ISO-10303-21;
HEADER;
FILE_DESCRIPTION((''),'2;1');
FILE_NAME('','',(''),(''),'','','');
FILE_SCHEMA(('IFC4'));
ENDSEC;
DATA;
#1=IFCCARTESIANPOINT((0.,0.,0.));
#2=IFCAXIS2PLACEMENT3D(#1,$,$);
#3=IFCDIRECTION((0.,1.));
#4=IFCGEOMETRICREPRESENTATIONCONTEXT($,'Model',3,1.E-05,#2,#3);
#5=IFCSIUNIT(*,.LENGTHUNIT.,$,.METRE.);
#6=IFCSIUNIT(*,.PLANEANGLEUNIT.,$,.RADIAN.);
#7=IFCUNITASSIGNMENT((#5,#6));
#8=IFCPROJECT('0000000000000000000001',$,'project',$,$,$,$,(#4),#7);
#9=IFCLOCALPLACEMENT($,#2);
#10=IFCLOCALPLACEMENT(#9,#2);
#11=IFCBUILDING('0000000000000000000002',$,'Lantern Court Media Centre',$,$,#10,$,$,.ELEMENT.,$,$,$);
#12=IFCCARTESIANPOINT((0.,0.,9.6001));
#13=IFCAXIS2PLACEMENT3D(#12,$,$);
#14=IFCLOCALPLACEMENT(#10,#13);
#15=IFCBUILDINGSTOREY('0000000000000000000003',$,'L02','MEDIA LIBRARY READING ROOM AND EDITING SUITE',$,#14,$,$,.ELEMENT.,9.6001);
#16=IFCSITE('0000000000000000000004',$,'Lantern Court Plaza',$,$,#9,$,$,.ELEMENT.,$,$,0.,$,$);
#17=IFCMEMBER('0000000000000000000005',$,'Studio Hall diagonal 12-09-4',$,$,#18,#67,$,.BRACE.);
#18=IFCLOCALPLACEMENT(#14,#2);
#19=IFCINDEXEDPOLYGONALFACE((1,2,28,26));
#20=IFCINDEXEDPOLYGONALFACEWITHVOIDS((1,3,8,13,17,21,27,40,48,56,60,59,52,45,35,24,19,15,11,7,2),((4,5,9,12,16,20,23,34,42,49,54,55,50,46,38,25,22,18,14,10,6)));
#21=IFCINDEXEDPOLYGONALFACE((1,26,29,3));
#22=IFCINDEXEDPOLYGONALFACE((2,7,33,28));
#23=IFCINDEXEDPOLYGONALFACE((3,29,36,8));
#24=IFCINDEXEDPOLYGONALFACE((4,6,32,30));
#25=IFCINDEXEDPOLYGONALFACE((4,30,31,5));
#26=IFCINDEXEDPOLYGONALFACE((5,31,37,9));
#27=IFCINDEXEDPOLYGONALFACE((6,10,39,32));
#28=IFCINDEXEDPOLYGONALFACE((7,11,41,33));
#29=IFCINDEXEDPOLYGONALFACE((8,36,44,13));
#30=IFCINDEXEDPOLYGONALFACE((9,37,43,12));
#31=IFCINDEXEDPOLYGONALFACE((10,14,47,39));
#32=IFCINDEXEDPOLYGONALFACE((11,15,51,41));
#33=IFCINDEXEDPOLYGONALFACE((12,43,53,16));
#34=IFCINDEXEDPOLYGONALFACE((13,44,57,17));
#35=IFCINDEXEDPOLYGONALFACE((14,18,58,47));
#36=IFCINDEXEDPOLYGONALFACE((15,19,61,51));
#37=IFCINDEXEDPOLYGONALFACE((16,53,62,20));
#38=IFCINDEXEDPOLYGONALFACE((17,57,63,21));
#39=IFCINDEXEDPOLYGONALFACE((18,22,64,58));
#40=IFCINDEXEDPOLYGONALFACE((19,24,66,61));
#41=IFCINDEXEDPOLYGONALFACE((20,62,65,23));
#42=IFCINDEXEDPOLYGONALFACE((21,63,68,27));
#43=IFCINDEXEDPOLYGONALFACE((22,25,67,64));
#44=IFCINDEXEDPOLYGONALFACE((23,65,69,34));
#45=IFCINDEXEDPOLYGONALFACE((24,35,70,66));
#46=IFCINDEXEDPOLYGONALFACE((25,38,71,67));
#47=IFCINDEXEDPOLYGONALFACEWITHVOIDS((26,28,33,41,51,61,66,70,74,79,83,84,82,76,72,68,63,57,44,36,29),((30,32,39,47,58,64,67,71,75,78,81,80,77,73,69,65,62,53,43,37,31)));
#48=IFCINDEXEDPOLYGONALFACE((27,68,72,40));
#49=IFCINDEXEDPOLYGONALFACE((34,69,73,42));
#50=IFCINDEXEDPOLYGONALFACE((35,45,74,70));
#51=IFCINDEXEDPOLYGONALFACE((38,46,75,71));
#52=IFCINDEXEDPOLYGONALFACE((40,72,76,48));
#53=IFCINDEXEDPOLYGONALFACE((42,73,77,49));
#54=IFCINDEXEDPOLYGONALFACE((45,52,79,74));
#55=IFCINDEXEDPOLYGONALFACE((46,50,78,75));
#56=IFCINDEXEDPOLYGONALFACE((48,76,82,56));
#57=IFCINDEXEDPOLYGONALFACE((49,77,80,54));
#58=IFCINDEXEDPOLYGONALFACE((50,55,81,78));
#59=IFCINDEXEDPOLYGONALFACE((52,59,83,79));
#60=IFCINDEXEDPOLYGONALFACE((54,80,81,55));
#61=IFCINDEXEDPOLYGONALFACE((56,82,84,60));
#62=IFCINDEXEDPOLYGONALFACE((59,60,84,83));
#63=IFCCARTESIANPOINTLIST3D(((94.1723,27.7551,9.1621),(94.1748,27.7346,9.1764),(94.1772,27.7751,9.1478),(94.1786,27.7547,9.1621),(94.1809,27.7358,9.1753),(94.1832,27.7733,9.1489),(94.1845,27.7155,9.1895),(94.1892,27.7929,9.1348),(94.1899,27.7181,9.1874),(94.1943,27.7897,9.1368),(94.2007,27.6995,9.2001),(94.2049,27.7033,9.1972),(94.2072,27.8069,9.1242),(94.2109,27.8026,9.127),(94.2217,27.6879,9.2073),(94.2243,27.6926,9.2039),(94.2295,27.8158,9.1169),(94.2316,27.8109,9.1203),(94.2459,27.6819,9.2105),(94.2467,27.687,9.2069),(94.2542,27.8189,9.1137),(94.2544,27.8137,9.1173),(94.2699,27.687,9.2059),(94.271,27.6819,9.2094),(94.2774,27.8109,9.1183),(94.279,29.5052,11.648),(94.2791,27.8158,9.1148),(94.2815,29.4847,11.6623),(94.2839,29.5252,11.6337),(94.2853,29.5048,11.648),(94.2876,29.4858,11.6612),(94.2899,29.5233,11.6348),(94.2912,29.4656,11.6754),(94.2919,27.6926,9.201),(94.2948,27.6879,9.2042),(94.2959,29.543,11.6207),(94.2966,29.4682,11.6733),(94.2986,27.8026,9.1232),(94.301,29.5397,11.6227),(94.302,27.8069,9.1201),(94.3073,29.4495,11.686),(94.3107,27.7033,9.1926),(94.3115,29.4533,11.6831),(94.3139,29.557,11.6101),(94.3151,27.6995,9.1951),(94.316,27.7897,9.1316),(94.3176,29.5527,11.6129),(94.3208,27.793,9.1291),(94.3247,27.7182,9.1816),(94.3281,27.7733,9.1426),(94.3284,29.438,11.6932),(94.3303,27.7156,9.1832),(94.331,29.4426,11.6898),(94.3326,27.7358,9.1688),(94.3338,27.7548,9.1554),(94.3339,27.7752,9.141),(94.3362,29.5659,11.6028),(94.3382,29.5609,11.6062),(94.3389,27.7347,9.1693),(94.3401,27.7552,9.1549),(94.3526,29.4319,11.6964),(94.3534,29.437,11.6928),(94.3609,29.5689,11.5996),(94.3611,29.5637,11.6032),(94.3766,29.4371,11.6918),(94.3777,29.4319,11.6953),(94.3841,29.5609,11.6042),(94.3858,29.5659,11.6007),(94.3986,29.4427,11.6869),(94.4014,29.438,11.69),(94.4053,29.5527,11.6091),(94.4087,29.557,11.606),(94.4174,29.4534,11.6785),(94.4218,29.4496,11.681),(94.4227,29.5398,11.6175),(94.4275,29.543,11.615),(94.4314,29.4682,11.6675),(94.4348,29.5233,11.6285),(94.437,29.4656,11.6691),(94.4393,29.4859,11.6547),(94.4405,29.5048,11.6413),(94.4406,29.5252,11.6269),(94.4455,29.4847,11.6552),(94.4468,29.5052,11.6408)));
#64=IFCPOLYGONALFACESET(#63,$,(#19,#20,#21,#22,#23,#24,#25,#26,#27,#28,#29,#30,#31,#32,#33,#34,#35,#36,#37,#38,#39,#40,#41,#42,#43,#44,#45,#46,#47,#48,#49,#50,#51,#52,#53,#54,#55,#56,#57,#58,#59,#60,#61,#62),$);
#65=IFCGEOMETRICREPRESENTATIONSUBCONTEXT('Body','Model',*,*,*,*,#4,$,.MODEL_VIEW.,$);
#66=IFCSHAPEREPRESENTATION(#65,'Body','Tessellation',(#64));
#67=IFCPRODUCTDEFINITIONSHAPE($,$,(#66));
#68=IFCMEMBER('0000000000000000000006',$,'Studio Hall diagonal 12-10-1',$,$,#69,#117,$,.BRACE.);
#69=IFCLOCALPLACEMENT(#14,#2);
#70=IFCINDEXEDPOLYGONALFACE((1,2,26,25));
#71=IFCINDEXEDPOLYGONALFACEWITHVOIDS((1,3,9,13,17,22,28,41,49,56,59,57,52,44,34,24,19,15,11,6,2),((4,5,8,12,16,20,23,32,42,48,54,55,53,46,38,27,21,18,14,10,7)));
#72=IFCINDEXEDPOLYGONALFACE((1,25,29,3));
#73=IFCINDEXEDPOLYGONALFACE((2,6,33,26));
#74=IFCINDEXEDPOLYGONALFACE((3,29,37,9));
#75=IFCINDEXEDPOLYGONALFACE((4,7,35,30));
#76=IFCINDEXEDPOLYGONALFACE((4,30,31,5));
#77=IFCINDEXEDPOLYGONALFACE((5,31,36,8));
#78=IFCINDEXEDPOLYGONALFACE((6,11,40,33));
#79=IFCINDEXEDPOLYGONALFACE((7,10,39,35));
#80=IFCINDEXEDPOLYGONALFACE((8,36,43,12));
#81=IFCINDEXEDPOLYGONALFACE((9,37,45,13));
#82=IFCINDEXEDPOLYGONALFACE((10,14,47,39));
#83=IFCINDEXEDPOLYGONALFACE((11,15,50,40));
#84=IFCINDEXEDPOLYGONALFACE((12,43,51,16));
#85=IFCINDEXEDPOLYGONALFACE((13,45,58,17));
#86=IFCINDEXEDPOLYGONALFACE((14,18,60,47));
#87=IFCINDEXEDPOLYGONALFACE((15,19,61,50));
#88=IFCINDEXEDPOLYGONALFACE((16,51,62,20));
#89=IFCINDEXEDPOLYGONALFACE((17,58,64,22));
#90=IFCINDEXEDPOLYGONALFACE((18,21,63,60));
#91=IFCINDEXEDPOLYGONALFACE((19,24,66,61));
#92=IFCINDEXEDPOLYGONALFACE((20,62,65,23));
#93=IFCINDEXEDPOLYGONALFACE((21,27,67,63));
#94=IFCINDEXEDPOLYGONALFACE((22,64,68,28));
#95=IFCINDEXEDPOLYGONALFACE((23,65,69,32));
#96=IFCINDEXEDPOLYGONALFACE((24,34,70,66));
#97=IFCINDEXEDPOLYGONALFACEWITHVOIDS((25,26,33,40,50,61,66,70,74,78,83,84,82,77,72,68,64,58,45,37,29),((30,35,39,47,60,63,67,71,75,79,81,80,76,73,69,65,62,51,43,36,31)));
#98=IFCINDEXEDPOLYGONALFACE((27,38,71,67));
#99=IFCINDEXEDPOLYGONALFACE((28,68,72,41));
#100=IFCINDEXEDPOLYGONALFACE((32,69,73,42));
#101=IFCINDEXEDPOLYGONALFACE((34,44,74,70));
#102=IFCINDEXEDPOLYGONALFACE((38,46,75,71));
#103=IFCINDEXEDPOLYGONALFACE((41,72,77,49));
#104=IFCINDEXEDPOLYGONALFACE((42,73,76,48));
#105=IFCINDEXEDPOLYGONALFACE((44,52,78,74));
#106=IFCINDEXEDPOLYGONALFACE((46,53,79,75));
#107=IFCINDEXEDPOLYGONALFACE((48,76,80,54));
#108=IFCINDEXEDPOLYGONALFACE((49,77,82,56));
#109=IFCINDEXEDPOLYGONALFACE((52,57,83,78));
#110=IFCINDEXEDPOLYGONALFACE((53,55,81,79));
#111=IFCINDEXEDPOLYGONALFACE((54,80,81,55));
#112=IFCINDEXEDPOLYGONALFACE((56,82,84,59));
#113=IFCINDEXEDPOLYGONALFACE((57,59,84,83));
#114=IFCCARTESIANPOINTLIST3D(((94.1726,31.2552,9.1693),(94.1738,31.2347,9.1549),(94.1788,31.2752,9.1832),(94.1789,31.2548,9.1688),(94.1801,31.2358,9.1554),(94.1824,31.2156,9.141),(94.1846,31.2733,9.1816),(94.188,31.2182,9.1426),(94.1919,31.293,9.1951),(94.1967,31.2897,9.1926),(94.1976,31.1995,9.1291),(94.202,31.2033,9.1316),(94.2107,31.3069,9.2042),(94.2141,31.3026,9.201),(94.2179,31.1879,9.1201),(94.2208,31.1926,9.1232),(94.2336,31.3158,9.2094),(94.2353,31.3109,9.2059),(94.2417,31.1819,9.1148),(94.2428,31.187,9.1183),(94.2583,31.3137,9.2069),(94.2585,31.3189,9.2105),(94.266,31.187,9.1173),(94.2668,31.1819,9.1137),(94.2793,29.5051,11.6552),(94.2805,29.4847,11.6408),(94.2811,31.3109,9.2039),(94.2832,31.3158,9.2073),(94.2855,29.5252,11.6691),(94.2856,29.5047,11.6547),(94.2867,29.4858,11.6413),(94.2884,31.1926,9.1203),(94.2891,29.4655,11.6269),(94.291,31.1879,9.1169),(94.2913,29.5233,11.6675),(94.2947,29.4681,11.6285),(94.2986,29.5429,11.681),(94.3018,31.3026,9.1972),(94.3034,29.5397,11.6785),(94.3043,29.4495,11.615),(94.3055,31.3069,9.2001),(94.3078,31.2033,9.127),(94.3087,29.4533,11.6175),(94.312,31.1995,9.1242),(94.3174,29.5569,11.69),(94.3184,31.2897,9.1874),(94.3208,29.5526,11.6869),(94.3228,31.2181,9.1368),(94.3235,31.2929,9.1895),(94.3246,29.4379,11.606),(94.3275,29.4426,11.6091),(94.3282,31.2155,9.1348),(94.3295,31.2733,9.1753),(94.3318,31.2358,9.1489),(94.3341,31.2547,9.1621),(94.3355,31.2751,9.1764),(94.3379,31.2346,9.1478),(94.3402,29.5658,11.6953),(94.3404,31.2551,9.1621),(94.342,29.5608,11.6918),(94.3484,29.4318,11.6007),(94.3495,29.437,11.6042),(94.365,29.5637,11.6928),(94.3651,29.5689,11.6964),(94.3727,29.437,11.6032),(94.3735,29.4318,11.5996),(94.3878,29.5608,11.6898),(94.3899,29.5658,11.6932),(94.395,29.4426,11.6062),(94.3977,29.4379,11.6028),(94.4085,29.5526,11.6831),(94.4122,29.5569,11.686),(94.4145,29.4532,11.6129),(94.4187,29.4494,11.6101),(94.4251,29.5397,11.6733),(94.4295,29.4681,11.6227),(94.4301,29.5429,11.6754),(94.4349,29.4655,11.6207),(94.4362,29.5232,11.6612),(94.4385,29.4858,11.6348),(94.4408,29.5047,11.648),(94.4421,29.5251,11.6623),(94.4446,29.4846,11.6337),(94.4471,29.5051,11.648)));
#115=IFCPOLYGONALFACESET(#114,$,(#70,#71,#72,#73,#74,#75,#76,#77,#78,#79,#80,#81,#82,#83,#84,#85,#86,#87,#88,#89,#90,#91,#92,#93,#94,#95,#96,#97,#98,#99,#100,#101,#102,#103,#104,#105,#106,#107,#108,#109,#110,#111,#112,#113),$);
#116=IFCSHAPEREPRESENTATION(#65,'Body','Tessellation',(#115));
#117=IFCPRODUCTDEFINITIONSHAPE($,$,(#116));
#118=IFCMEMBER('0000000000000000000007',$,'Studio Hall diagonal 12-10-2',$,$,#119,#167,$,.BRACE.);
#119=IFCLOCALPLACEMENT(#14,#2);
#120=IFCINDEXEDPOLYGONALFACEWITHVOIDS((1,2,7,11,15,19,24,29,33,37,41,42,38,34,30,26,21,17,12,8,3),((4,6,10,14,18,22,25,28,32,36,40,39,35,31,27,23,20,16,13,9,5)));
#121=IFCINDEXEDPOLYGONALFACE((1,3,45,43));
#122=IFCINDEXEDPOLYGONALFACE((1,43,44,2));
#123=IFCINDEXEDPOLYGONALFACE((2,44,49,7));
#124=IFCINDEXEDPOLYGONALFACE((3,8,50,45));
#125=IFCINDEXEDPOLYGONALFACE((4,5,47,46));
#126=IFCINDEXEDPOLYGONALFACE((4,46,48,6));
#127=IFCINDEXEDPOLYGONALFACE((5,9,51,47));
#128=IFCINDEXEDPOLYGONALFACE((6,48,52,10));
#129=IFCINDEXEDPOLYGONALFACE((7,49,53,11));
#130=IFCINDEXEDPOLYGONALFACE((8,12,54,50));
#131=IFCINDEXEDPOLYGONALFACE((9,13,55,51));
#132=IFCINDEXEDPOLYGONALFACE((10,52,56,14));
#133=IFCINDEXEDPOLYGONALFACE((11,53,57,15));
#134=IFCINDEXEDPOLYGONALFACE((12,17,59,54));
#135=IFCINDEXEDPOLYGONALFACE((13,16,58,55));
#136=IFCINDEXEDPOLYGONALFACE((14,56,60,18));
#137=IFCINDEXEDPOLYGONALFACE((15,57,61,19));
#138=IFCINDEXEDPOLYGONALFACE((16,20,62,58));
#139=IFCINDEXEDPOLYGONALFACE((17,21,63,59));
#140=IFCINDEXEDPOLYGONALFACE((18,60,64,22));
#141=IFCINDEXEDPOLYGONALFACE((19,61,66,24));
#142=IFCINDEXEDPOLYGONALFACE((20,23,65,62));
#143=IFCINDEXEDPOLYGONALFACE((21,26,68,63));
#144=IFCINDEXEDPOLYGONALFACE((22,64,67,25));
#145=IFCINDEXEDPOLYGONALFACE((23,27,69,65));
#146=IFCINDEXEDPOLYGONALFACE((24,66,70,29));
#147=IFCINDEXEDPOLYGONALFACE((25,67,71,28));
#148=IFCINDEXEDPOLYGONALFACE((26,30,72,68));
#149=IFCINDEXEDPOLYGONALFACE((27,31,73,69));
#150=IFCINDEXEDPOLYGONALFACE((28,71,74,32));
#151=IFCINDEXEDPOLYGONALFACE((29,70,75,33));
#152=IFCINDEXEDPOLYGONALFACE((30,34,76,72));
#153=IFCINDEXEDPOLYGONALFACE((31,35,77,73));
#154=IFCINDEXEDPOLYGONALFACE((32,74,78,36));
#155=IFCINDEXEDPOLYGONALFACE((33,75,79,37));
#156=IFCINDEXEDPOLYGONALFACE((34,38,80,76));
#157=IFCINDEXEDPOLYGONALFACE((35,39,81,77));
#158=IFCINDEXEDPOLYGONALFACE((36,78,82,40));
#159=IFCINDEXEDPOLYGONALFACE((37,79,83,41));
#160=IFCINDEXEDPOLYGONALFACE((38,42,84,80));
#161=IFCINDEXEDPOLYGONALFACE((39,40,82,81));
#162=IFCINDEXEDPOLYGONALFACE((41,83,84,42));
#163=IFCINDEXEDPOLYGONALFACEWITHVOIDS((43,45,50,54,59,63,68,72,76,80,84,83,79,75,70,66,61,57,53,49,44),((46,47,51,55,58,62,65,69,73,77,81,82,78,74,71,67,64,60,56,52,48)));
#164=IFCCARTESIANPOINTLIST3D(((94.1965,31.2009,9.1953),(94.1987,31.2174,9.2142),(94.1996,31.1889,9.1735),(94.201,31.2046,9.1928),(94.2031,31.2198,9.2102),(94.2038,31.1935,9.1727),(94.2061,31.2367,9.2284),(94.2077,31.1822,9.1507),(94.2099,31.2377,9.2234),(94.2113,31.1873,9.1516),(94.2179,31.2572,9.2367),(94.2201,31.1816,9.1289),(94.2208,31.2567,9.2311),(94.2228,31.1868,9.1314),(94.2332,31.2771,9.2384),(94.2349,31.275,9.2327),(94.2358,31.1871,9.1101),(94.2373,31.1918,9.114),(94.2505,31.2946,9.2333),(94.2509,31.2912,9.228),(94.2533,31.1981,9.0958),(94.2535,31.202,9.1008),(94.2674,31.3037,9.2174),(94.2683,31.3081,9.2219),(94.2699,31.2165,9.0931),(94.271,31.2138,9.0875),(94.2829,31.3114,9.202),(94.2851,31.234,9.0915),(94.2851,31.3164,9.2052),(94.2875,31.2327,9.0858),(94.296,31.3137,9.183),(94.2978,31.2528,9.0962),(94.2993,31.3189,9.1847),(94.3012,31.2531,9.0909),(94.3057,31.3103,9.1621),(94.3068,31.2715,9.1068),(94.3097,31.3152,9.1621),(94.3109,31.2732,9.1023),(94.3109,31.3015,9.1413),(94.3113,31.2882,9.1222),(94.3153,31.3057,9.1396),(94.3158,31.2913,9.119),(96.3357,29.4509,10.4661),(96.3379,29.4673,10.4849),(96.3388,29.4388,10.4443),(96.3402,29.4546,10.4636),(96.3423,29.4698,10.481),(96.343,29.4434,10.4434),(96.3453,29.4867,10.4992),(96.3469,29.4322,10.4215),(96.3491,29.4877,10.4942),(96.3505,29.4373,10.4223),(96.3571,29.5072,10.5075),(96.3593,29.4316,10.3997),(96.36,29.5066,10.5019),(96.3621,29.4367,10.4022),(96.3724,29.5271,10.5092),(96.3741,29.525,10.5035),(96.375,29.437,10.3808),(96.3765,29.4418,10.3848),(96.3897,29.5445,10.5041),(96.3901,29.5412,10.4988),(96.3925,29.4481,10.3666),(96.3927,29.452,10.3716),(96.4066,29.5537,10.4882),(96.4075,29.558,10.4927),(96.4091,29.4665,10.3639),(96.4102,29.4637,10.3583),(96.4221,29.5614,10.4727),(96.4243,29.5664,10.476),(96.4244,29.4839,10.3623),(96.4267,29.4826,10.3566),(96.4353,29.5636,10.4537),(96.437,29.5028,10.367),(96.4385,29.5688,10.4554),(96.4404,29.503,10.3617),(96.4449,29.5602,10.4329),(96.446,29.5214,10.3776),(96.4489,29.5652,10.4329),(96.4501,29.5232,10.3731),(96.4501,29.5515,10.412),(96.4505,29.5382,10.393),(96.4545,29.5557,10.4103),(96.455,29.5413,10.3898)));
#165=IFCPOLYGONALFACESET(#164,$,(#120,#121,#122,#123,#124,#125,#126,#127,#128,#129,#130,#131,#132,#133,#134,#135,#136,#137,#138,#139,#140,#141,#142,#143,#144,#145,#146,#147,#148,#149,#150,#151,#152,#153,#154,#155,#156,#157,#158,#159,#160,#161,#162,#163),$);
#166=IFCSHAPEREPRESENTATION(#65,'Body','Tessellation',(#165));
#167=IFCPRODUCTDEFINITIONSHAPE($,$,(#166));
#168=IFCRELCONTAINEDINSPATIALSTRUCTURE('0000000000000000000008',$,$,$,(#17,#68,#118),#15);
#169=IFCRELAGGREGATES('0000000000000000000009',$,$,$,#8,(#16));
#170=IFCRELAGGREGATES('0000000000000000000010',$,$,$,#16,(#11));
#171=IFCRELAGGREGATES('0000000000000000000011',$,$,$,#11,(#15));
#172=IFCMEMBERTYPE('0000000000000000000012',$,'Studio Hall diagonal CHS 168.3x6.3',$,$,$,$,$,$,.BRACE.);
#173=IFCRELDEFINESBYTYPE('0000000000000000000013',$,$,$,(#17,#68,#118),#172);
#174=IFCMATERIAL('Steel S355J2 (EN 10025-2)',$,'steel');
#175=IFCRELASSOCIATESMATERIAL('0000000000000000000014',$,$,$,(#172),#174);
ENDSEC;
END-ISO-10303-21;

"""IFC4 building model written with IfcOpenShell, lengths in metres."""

from ifc_helpers import new_model, si_unit, direction, frame, origin, origin_2d, place, context, subcontext, project, spatial, hollow_circle, extrude, material, material_profile, profile_set, type_object, element, save


model = new_model("IFC4")

# Units and contexts
model_context = context("Model", 3, precision=1e-05, world=origin(), true_north=direction((0.0, 1.0)))
body_context = subcontext(model_context, "Body", "Model", "MODEL_VIEW")
ifc_project = project(units=[si_unit("LENGTHUNIT", "METRE"), si_unit("PLANEANGLEUNIT", "RADIAN")], contexts=[model_context])

# Site, building, storey
site_placement = place(None, origin())
site = spatial("IfcSite", under=ifc_project, at=site_placement, Name="Lantern Court Plaza", CompositionType="ELEMENT", RefElevation=0.0)
building_placement = place(site_placement, origin())
building = spatial("IfcBuilding", under=site, at=building_placement, Name="Lantern Court Media Centre", CompositionType="ELEMENT")
storey_placement = place(building_placement, frame((0.0, 0.0, 9.6001)))
storey = spatial("IfcBuildingStorey", under=building, at=storey_placement, Name="L02", Description="MEDIA LIBRARY READING ROOM AND EDITING SUITE", CompositionType="ELEMENT", Elevation=9.6001)

# Members
ifc_material = material(Name="Steel S355J2 (EN 10025-2)", Category="steel")
ifc_material_profile_1 = material_profile(ifc_material, hollow_circle(Radius=0.0842, WallThickness=0.0063, at=origin_2d()), Name="Studio Hall diagonal CHS 168.3x6.3")
ifc_profile_set_1 = profile_set([ifc_material_profile_1], Name="Steel S355J2 (EN 10025-2)")
member_type_1 = type_object("IfcMemberType", Name="Studio Hall diagonal CHS 168.3x6.3", PredefinedType="BRACE", material=ifc_profile_set_1)
for number, where, z_axis, x_axis, name in (
    (1, (94.2563, 27.75, 9.1621), (0.035073, 0.575294, 0.817194), (-0.998147, 0.060852, 0.0), "Studio Hall diagonal 12-09-4"),
    (2, (94.2563, 31.25, 9.1621), (0.035073, -0.575294, 0.817194), (0.998147, 0.060852, 0.0), "Studio Hall diagonal 12-10-1"),
    (3, (94.2563, 31.25, 9.1621), (0.703225, -0.575293, 0.417746), (0.63319, 0.773997, 0.0), "Studio Hall diagonal 12-10-2"),
):
    element("IfcMember", number, at=place(storey_placement, frame(where, z_axis=z_axis, x_axis=x_axis)), inside=storey, type_object=member_type_1, Name=name, PredefinedType="BRACE", context=body_context, shape_type="SweptSolid", body=[
        extrude(hollow_circle(Radius=0.0842, WallThickness=0.0063, at=origin_2d()), origin(), (0.0, 0.0, 1.0), 3.042),
    ])

save(model, "model.ifc")
